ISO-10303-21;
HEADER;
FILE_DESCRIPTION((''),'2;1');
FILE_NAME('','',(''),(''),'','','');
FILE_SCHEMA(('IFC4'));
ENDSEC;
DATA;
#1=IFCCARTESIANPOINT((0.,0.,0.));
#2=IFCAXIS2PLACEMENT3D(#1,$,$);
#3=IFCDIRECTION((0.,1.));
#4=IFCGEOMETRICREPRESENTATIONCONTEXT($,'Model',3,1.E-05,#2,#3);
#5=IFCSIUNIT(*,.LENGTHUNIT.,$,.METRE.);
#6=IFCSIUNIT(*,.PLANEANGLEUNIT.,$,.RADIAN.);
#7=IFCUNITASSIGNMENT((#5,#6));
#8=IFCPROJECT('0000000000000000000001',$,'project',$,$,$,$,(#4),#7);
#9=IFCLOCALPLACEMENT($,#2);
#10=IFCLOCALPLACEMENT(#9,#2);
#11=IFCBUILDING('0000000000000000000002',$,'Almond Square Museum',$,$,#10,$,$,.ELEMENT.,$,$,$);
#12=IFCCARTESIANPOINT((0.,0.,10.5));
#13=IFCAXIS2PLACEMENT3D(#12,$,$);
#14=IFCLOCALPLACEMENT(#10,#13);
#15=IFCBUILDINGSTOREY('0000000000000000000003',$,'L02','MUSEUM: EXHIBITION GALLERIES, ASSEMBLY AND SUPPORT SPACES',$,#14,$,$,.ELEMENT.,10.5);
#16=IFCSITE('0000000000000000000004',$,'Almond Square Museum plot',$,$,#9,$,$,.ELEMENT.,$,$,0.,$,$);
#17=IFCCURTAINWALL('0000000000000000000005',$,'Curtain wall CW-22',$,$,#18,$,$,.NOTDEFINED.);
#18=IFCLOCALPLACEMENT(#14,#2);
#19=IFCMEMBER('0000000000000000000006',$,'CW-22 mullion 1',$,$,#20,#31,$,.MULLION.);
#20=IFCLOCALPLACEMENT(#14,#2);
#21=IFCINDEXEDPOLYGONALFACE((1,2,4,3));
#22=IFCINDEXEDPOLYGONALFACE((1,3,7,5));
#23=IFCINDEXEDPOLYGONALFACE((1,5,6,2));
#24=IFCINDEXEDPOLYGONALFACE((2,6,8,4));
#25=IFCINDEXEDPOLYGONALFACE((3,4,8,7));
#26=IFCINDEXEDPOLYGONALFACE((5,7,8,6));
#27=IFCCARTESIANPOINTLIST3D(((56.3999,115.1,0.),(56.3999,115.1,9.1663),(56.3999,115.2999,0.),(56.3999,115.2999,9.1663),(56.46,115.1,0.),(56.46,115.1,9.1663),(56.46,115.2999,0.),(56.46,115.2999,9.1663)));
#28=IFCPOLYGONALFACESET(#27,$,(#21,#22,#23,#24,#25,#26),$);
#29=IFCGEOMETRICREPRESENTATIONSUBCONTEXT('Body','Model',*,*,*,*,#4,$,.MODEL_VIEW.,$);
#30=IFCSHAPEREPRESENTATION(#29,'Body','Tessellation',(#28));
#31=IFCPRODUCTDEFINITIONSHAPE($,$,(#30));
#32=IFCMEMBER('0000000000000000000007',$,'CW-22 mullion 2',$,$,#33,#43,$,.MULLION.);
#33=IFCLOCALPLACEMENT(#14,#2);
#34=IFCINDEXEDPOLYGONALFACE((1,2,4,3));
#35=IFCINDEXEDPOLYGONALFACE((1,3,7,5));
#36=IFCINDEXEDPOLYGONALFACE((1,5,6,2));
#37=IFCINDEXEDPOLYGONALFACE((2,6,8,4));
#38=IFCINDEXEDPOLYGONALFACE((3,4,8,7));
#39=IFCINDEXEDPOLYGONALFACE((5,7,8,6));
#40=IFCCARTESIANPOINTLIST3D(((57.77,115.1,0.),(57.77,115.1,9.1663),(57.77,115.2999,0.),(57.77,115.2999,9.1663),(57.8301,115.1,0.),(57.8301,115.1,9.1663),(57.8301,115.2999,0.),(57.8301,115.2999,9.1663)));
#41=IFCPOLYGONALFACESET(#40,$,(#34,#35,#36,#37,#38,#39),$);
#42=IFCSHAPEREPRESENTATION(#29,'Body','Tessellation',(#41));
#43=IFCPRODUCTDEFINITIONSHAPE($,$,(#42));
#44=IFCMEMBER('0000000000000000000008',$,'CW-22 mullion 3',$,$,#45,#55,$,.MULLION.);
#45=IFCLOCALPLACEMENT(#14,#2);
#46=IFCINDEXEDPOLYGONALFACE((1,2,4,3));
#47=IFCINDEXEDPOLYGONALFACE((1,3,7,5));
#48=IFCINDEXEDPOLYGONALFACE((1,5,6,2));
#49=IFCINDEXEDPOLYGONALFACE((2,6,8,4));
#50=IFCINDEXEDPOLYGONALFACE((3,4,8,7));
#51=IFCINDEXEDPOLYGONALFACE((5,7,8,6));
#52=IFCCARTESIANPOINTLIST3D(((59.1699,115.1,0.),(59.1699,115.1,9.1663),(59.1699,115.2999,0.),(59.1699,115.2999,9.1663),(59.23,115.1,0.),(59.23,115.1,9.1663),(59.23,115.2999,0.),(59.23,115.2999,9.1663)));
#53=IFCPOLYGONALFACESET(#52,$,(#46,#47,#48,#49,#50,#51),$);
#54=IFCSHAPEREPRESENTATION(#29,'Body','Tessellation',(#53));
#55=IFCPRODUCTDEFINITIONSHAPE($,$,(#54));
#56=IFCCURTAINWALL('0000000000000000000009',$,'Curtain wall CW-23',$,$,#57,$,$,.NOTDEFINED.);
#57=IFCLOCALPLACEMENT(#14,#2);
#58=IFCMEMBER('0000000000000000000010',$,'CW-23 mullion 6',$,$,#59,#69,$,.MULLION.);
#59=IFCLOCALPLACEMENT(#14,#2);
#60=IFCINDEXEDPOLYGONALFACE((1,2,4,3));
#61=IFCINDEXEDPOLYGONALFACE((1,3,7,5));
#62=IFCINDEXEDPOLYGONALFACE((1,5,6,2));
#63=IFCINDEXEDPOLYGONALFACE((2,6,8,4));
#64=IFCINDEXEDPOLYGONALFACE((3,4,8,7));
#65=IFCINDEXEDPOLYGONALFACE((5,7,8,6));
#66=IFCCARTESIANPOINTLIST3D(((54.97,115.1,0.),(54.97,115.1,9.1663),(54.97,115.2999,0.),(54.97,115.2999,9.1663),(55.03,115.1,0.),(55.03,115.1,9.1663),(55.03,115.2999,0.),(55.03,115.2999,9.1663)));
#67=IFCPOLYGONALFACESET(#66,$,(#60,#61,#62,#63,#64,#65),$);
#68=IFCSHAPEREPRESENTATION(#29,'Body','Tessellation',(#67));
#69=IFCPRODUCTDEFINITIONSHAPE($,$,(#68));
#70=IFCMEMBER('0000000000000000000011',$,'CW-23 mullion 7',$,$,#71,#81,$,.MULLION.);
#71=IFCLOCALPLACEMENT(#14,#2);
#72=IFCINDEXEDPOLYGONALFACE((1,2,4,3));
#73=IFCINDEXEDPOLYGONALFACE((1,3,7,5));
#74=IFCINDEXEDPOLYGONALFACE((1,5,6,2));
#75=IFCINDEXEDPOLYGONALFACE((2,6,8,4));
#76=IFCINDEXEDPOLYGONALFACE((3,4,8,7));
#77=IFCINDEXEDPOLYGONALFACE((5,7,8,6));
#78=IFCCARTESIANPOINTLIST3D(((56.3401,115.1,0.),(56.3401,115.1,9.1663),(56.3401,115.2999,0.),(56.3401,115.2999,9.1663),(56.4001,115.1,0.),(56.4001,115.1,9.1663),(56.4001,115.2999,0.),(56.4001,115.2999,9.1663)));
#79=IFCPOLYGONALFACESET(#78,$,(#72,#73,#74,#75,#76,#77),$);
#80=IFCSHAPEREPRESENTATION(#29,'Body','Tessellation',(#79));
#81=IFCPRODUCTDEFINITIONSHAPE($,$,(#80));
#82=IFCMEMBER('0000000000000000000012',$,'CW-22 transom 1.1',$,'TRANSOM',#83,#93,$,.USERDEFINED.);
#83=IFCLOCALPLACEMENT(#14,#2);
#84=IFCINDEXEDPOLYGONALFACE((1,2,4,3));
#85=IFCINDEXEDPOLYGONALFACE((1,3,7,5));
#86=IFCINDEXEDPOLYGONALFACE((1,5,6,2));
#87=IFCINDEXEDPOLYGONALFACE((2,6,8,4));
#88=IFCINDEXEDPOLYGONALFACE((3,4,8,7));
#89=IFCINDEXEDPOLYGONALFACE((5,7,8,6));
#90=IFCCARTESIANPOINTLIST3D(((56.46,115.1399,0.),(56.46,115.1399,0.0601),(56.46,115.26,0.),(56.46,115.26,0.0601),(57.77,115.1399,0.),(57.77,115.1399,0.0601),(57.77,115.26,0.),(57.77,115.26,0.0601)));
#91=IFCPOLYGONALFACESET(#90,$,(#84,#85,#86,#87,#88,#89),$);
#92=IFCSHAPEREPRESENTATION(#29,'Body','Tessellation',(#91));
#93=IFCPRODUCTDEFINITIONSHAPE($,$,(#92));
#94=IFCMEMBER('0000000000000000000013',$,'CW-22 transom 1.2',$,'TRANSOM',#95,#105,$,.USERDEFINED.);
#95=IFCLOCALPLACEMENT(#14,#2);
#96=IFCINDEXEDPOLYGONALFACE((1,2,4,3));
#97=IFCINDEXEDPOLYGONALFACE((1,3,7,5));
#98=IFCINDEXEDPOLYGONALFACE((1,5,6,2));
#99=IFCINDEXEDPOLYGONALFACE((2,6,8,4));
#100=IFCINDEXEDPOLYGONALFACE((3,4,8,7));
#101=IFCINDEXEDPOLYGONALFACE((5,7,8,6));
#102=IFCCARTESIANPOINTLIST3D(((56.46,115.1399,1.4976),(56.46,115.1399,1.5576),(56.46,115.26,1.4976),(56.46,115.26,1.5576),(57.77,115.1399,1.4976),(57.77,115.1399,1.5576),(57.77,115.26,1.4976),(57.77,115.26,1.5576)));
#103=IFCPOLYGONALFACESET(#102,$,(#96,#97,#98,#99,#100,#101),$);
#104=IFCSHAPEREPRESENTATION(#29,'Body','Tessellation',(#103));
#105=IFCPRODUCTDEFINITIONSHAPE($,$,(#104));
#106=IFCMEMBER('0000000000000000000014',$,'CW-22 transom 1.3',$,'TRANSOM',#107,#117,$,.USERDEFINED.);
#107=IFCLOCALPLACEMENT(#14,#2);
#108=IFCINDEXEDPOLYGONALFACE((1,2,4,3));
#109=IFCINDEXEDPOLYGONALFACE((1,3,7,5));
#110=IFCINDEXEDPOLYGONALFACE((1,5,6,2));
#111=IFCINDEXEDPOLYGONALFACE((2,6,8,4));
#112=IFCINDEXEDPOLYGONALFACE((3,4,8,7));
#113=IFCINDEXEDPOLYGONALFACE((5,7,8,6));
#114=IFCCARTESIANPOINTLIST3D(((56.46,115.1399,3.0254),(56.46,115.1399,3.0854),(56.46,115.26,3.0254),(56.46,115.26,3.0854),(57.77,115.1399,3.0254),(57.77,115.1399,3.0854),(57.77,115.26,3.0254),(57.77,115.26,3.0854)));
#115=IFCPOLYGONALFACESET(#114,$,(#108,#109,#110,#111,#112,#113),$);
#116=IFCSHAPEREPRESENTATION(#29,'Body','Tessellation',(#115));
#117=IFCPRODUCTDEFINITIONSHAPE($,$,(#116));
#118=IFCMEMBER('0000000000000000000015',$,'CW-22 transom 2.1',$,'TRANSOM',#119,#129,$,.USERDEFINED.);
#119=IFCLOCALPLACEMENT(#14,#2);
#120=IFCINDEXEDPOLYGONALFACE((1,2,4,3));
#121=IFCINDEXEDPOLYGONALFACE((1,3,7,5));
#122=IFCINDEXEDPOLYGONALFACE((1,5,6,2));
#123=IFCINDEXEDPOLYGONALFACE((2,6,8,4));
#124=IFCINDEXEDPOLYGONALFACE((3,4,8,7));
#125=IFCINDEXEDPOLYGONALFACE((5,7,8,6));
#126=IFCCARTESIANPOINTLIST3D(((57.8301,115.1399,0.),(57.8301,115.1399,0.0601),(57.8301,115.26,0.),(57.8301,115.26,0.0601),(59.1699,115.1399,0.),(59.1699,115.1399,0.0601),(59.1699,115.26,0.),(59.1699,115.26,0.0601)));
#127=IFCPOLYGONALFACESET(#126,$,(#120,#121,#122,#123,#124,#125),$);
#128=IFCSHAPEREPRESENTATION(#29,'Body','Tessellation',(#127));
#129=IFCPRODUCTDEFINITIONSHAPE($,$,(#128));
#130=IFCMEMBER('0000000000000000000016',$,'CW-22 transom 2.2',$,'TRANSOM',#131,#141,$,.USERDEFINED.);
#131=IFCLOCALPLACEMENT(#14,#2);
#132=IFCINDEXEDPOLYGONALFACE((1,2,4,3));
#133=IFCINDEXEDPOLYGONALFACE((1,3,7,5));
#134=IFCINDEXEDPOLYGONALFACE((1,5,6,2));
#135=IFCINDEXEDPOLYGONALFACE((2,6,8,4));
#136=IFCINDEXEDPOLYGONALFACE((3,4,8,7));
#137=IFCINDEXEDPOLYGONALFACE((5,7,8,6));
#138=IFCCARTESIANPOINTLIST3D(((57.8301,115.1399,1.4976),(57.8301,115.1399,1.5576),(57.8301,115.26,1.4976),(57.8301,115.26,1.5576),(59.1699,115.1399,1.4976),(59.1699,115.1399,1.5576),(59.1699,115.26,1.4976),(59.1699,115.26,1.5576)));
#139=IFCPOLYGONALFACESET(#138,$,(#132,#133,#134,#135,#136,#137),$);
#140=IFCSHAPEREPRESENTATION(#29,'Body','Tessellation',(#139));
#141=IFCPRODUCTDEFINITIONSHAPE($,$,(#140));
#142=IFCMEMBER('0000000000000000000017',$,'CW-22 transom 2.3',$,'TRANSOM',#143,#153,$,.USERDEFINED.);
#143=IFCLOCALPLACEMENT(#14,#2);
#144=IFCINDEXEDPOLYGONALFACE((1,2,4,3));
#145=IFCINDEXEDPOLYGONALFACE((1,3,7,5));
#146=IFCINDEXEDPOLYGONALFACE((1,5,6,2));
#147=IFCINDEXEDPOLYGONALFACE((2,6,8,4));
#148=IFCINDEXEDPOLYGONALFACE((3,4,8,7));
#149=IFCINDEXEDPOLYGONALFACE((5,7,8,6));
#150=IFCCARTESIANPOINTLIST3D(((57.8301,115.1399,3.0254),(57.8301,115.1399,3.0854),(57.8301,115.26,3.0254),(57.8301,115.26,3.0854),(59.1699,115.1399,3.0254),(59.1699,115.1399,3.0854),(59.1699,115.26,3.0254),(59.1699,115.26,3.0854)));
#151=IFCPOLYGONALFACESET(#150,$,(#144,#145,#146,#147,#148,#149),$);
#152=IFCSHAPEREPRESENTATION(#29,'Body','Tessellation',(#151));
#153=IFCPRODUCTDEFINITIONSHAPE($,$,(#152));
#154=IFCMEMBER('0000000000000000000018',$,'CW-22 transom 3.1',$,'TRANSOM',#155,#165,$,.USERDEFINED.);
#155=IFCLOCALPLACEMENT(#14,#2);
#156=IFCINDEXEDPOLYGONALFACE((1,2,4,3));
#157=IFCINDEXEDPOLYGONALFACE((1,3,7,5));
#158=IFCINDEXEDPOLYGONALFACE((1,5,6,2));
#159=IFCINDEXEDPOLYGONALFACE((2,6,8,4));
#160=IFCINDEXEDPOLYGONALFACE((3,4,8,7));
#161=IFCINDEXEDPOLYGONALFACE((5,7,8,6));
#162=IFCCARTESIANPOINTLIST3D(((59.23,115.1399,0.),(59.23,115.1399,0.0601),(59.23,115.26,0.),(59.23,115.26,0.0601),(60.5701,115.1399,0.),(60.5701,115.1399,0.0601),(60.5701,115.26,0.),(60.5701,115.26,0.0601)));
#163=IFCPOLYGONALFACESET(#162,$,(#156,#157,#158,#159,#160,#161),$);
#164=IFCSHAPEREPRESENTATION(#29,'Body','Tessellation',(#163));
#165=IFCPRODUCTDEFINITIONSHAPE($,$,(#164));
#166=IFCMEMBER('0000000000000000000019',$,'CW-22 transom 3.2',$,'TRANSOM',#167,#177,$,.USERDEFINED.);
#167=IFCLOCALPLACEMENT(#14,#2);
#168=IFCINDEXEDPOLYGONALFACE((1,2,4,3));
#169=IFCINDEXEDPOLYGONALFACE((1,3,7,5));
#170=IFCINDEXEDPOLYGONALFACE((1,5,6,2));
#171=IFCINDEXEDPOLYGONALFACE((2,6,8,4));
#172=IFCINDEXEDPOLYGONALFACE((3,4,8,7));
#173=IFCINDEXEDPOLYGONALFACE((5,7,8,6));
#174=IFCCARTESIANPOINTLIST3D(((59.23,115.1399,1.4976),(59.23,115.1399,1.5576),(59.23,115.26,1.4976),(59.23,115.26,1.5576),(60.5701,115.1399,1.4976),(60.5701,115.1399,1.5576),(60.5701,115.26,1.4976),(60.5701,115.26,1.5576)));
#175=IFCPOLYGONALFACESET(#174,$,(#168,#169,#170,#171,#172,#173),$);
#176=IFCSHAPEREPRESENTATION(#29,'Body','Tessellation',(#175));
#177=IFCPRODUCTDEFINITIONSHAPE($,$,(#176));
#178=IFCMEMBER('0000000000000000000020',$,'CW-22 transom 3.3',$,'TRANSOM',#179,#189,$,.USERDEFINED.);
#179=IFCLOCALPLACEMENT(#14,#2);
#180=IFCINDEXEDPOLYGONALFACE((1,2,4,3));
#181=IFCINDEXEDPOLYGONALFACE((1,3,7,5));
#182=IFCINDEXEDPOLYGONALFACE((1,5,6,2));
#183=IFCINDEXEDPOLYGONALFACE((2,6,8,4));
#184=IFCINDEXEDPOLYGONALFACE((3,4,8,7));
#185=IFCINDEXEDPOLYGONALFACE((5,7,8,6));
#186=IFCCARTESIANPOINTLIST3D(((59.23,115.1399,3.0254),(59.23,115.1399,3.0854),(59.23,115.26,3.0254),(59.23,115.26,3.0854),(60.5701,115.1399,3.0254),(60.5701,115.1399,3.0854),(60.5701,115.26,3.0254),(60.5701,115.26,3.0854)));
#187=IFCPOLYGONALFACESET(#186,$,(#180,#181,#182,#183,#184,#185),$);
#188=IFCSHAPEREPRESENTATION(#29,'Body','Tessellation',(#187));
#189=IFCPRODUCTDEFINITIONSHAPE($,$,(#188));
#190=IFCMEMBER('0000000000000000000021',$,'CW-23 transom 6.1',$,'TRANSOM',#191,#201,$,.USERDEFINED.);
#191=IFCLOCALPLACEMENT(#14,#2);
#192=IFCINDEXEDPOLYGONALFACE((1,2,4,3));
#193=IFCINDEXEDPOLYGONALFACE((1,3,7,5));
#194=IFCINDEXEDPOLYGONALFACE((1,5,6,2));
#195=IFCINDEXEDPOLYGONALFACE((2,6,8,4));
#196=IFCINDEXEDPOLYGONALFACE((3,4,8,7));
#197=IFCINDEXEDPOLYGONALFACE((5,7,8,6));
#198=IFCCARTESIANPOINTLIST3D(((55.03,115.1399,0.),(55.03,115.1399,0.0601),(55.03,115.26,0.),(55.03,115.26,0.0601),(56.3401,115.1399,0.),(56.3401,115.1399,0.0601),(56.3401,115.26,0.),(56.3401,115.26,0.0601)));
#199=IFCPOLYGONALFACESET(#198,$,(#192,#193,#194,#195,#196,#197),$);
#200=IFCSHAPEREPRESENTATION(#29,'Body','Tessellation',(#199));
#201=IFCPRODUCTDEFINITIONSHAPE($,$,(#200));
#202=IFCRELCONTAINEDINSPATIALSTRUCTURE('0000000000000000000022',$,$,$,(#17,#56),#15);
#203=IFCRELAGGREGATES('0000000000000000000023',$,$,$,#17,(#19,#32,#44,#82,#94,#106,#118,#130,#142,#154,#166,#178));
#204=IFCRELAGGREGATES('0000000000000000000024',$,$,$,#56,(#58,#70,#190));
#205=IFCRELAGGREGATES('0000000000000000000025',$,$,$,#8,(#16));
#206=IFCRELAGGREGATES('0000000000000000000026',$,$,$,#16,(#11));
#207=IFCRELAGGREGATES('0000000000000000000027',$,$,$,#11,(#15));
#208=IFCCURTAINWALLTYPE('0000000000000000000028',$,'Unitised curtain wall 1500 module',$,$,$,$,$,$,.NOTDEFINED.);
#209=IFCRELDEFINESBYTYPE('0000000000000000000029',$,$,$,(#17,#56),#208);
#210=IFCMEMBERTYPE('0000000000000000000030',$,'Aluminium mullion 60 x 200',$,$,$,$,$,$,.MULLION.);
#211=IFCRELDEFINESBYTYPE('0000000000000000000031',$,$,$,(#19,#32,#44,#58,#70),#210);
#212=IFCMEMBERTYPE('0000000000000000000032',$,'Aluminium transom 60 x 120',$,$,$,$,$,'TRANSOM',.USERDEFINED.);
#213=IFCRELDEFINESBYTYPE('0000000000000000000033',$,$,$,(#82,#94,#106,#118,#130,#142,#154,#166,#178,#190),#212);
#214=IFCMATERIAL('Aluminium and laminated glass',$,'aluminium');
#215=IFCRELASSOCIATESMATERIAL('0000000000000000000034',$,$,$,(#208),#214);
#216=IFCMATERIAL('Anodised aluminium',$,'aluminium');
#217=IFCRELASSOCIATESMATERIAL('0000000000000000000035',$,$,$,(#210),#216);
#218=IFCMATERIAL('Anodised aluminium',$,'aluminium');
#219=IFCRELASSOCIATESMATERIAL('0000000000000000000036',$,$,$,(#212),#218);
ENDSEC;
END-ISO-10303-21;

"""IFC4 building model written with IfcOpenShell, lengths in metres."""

from ifc_helpers import new_model, si_unit, direction, frame, origin, origin_2d, place, context, subcontext, project, spatial, rectangle, extrude, material, material_profile, profile_set, type_object, element, aggregate, save


model = new_model("IFC4")

# Units and contexts
model_context = context("Model", 3, precision=1e-05, world=origin(), true_north=direction((0.0, 1.0)))
body_context = subcontext(model_context, "Body", "Model", "MODEL_VIEW")
ifc_project = project(units=[si_unit("LENGTHUNIT", "METRE"), si_unit("PLANEANGLEUNIT", "RADIAN")], contexts=[model_context])

# Site, building, storey
site_placement = place(None, origin())
site = spatial("IfcSite", under=ifc_project, at=site_placement, Name="Almond Square Museum plot", CompositionType="ELEMENT", RefElevation=0.0)
building_placement = place(site_placement, origin())
building = spatial("IfcBuilding", under=site, at=building_placement, Name="Almond Square Museum", CompositionType="ELEMENT")
storey_placement = place(building_placement, frame((0.0, 0.0, 10.5)))
storey = spatial("IfcBuildingStorey", under=building, at=storey_placement, Name="L02", Description="MUSEUM: EXHIBITION GALLERIES, ASSEMBLY AND SUPPORT SPACES", CompositionType="ELEMENT", Elevation=10.5)

# Curtain walls, members
ifc_material_1 = material(Name="Aluminium and laminated glass", Category="aluminium")
curtain_wall_type = type_object("IfcCurtainWallType", Name="Unitised curtain wall 1500 module", PredefinedType="NOTDEFINED", material=ifc_material_1)
curtain_wall_1_placement = place(storey_placement, origin())
curtain_wall_1 = element("IfcCurtainWall", 1, at=curtain_wall_1_placement, inside=storey, type_object=curtain_wall_type, Name="Curtain wall CW-22", PredefinedType="NOTDEFINED")
ifc_material_2 = material(Name="Anodised aluminium", Category="aluminium")
ifc_material_profile_1 = material_profile(ifc_material_2, rectangle(XDim=0.2, YDim=0.0601, at=origin_2d()))
ifc_profile_set_1 = profile_set([ifc_material_profile_1], Name="Anodised aluminium")
member_type_1 = type_object("IfcMemberType", Name="Aluminium mullion 60 x 200", PredefinedType="MULLION", material=ifc_profile_set_1)
member_1_placement = place(storey_placement, frame((56.4299, 115.2, 0.0), z_axis=(0.0, 0.0, 1.0), x_axis=(0.0, 1.0, 0.0)))
member_1 = element("IfcMember", 2, at=member_1_placement, type_object=member_type_1, Name="CW-22 mullion 1", PredefinedType="MULLION", context=body_context, shape_type="SweptSolid", body=[
    extrude(rectangle(XDim=0.2, YDim=0.0601, at=origin_2d()), origin(), (0.0, 0.0, 1.0), 9.1663),
])
member_2_placement = place(storey_placement, frame((57.8, 115.2, 0.0), z_axis=(0.0, 0.0, 1.0), x_axis=(0.0, 1.0, 0.0)))
member_2 = element("IfcMember", 3, at=member_2_placement, type_object=member_type_1, Name="CW-22 mullion 2", PredefinedType="MULLION", context=body_context, shape_type="SweptSolid", body=[
    extrude(rectangle(XDim=0.2, YDim=0.0601, at=origin_2d()), origin(), (0.0, 0.0, 1.0), 9.1663),
])
member_3_placement = place(storey_placement, frame((59.2, 115.2, 0.0), z_axis=(0.0, 0.0, 1.0), x_axis=(0.0, 1.0, 0.0)))
member_3 = element("IfcMember", 4, at=member_3_placement, type_object=member_type_1, Name="CW-22 mullion 3", PredefinedType="MULLION", context=body_context, shape_type="SweptSolid", body=[
    extrude(rectangle(XDim=0.2, YDim=0.0601, at=origin_2d()), origin(), (0.0, 0.0, 1.0), 9.1663),
])
curtain_wall_2_placement = place(storey_placement, origin())
curtain_wall_2 = element("IfcCurtainWall", 5, at=curtain_wall_2_placement, inside=storey, type_object=curtain_wall_type, Name="Curtain wall CW-23", PredefinedType="NOTDEFINED")
member_4_placement = place(storey_placement, frame((55.0, 115.2, 0.0), z_axis=(0.0, 0.0, 1.0), x_axis=(0.0, 1.0, 0.0)))
member_4 = element("IfcMember", 6, at=member_4_placement, type_object=member_type_1, Name="CW-23 mullion 6", PredefinedType="MULLION", context=body_context, shape_type="SweptSolid", body=[
    extrude(rectangle(XDim=0.2, YDim=0.0601, at=origin_2d()), origin(), (0.0, 0.0, 1.0), 9.1663),
])
member_5_placement = place(storey_placement, frame((56.3701, 115.2, 0.0), z_axis=(0.0, 0.0, 1.0), x_axis=(0.0, 1.0, 0.0)))
member_5 = element("IfcMember", 7, at=member_5_placement, type_object=member_type_1, Name="CW-23 mullion 7", PredefinedType="MULLION", context=body_context, shape_type="SweptSolid", body=[
    extrude(rectangle(XDim=0.2, YDim=0.0601, at=origin_2d()), origin(), (0.0, 0.0, 1.0), 9.1663),
])

# Members
ifc_material_3 = material(Name="Anodised aluminium", Category="aluminium")
ifc_material_profile_2 = material_profile(ifc_material_3, rectangle(XDim=0.1201, YDim=0.0601, at=origin_2d()))
ifc_profile_set_2 = profile_set([ifc_material_profile_2], Name="Anodised aluminium")
member_type_2 = type_object("IfcMemberType", Name="Aluminium transom 60 x 120", ElementType="TRANSOM", PredefinedType="USERDEFINED", material=ifc_profile_set_2)
member_6_placement = place(storey_placement, frame((56.46, 115.2, 0.03), z_axis=(1.0, 0.0, 0.0), x_axis=(0.0, 1.0, 0.0)))
member_6 = element("IfcMember", 8, at=member_6_placement, type_object=member_type_2, Name="CW-22 transom 1.1", ObjectType="TRANSOM", PredefinedType="USERDEFINED", context=body_context, shape_type="SweptSolid", body=[
    extrude(rectangle(XDim=0.1201, YDim=0.0601, at=origin_2d()), origin(), (0.0, 0.0, 1.0), 1.3101),
])
member_7_placement = place(storey_placement, frame((56.46, 115.2, 1.5276), z_axis=(1.0, 0.0, 0.0), x_axis=(0.0, 1.0, 0.0)))
member_7 = element("IfcMember", 9, at=member_7_placement, type_object=member_type_2, Name="CW-22 transom 1.2", ObjectType="TRANSOM", PredefinedType="USERDEFINED", context=body_context, shape_type="SweptSolid", body=[
    extrude(rectangle(XDim=0.1201, YDim=0.0601, at=origin_2d()), origin(), (0.0, 0.0, 1.0), 1.3101),
])
member_8_placement = place(storey_placement, frame((56.46, 115.2, 3.0554), z_axis=(1.0, 0.0, 0.0), x_axis=(0.0, 1.0, 0.0)))
member_8 = element("IfcMember", 10, at=member_8_placement, type_object=member_type_2, Name="CW-22 transom 1.3", ObjectType="TRANSOM", PredefinedType="USERDEFINED", context=body_context, shape_type="SweptSolid", body=[
    extrude(rectangle(XDim=0.1201, YDim=0.0601, at=origin_2d()), origin(), (0.0, 0.0, 1.0), 1.3101),
])
member_9_placement = place(storey_placement, frame((57.8301, 115.2, 0.03), z_axis=(1.0, 0.0, 0.0), x_axis=(0.0, 1.0, 0.0)))
member_9 = element("IfcMember", 11, at=member_9_placement, type_object=member_type_2, Name="CW-22 transom 2.1", ObjectType="TRANSOM", PredefinedType="USERDEFINED", context=body_context, shape_type="SweptSolid", body=[
    extrude(rectangle(XDim=0.1201, YDim=0.0601, at=origin_2d()), origin(), (0.0, 0.0, 1.0), 1.3398),
])
member_10_placement = place(storey_placement, frame((57.8301, 115.2, 1.5276), z_axis=(1.0, 0.0, 0.0), x_axis=(0.0, 1.0, 0.0)))
member_10 = element("IfcMember", 12, at=member_10_placement, type_object=member_type_2, Name="CW-22 transom 2.2", ObjectType="TRANSOM", PredefinedType="USERDEFINED", context=body_context, shape_type="SweptSolid", body=[
    extrude(rectangle(XDim=0.1201, YDim=0.0601, at=origin_2d()), origin(), (0.0, 0.0, 1.0), 1.3398),
])
member_11_placement = place(storey_placement, frame((57.8301, 115.2, 3.0554), z_axis=(1.0, 0.0, 0.0), x_axis=(0.0, 1.0, 0.0)))
member_11 = element("IfcMember", 13, at=member_11_placement, type_object=member_type_2, Name="CW-22 transom 2.3", ObjectType="TRANSOM", PredefinedType="USERDEFINED", context=body_context, shape_type="SweptSolid", body=[
    extrude(rectangle(XDim=0.1201, YDim=0.0601, at=origin_2d()), origin(), (0.0, 0.0, 1.0), 1.3398),
])
member_12_placement = place(storey_placement, frame((59.23, 115.2, 0.03), z_axis=(1.0, 0.0, 0.0), x_axis=(0.0, 1.0, 0.0)))
member_12 = element("IfcMember", 14, at=member_12_placement, type_object=member_type_2, Name="CW-22 transom 3.1", ObjectType="TRANSOM", PredefinedType="USERDEFINED", context=body_context, shape_type="SweptSolid", body=[
    extrude(rectangle(XDim=0.1201, YDim=0.0601, at=origin_2d()), origin(), (0.0, 0.0, 1.0), 1.3401),
])
member_13_placement = place(storey_placement, frame((59.23, 115.2, 1.5276), z_axis=(1.0, 0.0, 0.0), x_axis=(0.0, 1.0, 0.0)))
member_13 = element("IfcMember", 15, at=member_13_placement, type_object=member_type_2, Name="CW-22 transom 3.2", ObjectType="TRANSOM", PredefinedType="USERDEFINED", context=body_context, shape_type="SweptSolid", body=[
    extrude(rectangle(XDim=0.1201, YDim=0.0601, at=origin_2d()), origin(), (0.0, 0.0, 1.0), 1.3401),
])
member_14_placement = place(storey_placement, frame((59.23, 115.2, 3.0554), z_axis=(1.0, 0.0, 0.0), x_axis=(0.0, 1.0, 0.0)))
member_14 = element("IfcMember", 16, at=member_14_placement, type_object=member_type_2, Name="CW-22 transom 3.3", ObjectType="TRANSOM", PredefinedType="USERDEFINED", context=body_context, shape_type="SweptSolid", body=[
    extrude(rectangle(XDim=0.1201, YDim=0.0601, at=origin_2d()), origin(), (0.0, 0.0, 1.0), 1.3401),
])
member_15_placement = place(storey_placement, frame((55.03, 115.2, 0.03), z_axis=(1.0, 0.0, 0.0), x_axis=(0.0, 1.0, 0.0)))
member_15 = element("IfcMember", 17, at=member_15_placement, type_object=member_type_2, Name="CW-23 transom 6.1", ObjectType="TRANSOM", PredefinedType="USERDEFINED", context=body_context, shape_type="SweptSolid", body=[
    extrude(rectangle(XDim=0.1201, YDim=0.0601, at=origin_2d()), origin(), (0.0, 0.0, 1.0), 1.3101),
])

aggregate(curtain_wall_1, [member_1, member_2, member_3, member_6, member_7, member_8, member_9, member_10, member_11, member_12, member_13, member_14])
aggregate(curtain_wall_2, [member_4, member_5, member_15])

save(model, "model.ifc")
